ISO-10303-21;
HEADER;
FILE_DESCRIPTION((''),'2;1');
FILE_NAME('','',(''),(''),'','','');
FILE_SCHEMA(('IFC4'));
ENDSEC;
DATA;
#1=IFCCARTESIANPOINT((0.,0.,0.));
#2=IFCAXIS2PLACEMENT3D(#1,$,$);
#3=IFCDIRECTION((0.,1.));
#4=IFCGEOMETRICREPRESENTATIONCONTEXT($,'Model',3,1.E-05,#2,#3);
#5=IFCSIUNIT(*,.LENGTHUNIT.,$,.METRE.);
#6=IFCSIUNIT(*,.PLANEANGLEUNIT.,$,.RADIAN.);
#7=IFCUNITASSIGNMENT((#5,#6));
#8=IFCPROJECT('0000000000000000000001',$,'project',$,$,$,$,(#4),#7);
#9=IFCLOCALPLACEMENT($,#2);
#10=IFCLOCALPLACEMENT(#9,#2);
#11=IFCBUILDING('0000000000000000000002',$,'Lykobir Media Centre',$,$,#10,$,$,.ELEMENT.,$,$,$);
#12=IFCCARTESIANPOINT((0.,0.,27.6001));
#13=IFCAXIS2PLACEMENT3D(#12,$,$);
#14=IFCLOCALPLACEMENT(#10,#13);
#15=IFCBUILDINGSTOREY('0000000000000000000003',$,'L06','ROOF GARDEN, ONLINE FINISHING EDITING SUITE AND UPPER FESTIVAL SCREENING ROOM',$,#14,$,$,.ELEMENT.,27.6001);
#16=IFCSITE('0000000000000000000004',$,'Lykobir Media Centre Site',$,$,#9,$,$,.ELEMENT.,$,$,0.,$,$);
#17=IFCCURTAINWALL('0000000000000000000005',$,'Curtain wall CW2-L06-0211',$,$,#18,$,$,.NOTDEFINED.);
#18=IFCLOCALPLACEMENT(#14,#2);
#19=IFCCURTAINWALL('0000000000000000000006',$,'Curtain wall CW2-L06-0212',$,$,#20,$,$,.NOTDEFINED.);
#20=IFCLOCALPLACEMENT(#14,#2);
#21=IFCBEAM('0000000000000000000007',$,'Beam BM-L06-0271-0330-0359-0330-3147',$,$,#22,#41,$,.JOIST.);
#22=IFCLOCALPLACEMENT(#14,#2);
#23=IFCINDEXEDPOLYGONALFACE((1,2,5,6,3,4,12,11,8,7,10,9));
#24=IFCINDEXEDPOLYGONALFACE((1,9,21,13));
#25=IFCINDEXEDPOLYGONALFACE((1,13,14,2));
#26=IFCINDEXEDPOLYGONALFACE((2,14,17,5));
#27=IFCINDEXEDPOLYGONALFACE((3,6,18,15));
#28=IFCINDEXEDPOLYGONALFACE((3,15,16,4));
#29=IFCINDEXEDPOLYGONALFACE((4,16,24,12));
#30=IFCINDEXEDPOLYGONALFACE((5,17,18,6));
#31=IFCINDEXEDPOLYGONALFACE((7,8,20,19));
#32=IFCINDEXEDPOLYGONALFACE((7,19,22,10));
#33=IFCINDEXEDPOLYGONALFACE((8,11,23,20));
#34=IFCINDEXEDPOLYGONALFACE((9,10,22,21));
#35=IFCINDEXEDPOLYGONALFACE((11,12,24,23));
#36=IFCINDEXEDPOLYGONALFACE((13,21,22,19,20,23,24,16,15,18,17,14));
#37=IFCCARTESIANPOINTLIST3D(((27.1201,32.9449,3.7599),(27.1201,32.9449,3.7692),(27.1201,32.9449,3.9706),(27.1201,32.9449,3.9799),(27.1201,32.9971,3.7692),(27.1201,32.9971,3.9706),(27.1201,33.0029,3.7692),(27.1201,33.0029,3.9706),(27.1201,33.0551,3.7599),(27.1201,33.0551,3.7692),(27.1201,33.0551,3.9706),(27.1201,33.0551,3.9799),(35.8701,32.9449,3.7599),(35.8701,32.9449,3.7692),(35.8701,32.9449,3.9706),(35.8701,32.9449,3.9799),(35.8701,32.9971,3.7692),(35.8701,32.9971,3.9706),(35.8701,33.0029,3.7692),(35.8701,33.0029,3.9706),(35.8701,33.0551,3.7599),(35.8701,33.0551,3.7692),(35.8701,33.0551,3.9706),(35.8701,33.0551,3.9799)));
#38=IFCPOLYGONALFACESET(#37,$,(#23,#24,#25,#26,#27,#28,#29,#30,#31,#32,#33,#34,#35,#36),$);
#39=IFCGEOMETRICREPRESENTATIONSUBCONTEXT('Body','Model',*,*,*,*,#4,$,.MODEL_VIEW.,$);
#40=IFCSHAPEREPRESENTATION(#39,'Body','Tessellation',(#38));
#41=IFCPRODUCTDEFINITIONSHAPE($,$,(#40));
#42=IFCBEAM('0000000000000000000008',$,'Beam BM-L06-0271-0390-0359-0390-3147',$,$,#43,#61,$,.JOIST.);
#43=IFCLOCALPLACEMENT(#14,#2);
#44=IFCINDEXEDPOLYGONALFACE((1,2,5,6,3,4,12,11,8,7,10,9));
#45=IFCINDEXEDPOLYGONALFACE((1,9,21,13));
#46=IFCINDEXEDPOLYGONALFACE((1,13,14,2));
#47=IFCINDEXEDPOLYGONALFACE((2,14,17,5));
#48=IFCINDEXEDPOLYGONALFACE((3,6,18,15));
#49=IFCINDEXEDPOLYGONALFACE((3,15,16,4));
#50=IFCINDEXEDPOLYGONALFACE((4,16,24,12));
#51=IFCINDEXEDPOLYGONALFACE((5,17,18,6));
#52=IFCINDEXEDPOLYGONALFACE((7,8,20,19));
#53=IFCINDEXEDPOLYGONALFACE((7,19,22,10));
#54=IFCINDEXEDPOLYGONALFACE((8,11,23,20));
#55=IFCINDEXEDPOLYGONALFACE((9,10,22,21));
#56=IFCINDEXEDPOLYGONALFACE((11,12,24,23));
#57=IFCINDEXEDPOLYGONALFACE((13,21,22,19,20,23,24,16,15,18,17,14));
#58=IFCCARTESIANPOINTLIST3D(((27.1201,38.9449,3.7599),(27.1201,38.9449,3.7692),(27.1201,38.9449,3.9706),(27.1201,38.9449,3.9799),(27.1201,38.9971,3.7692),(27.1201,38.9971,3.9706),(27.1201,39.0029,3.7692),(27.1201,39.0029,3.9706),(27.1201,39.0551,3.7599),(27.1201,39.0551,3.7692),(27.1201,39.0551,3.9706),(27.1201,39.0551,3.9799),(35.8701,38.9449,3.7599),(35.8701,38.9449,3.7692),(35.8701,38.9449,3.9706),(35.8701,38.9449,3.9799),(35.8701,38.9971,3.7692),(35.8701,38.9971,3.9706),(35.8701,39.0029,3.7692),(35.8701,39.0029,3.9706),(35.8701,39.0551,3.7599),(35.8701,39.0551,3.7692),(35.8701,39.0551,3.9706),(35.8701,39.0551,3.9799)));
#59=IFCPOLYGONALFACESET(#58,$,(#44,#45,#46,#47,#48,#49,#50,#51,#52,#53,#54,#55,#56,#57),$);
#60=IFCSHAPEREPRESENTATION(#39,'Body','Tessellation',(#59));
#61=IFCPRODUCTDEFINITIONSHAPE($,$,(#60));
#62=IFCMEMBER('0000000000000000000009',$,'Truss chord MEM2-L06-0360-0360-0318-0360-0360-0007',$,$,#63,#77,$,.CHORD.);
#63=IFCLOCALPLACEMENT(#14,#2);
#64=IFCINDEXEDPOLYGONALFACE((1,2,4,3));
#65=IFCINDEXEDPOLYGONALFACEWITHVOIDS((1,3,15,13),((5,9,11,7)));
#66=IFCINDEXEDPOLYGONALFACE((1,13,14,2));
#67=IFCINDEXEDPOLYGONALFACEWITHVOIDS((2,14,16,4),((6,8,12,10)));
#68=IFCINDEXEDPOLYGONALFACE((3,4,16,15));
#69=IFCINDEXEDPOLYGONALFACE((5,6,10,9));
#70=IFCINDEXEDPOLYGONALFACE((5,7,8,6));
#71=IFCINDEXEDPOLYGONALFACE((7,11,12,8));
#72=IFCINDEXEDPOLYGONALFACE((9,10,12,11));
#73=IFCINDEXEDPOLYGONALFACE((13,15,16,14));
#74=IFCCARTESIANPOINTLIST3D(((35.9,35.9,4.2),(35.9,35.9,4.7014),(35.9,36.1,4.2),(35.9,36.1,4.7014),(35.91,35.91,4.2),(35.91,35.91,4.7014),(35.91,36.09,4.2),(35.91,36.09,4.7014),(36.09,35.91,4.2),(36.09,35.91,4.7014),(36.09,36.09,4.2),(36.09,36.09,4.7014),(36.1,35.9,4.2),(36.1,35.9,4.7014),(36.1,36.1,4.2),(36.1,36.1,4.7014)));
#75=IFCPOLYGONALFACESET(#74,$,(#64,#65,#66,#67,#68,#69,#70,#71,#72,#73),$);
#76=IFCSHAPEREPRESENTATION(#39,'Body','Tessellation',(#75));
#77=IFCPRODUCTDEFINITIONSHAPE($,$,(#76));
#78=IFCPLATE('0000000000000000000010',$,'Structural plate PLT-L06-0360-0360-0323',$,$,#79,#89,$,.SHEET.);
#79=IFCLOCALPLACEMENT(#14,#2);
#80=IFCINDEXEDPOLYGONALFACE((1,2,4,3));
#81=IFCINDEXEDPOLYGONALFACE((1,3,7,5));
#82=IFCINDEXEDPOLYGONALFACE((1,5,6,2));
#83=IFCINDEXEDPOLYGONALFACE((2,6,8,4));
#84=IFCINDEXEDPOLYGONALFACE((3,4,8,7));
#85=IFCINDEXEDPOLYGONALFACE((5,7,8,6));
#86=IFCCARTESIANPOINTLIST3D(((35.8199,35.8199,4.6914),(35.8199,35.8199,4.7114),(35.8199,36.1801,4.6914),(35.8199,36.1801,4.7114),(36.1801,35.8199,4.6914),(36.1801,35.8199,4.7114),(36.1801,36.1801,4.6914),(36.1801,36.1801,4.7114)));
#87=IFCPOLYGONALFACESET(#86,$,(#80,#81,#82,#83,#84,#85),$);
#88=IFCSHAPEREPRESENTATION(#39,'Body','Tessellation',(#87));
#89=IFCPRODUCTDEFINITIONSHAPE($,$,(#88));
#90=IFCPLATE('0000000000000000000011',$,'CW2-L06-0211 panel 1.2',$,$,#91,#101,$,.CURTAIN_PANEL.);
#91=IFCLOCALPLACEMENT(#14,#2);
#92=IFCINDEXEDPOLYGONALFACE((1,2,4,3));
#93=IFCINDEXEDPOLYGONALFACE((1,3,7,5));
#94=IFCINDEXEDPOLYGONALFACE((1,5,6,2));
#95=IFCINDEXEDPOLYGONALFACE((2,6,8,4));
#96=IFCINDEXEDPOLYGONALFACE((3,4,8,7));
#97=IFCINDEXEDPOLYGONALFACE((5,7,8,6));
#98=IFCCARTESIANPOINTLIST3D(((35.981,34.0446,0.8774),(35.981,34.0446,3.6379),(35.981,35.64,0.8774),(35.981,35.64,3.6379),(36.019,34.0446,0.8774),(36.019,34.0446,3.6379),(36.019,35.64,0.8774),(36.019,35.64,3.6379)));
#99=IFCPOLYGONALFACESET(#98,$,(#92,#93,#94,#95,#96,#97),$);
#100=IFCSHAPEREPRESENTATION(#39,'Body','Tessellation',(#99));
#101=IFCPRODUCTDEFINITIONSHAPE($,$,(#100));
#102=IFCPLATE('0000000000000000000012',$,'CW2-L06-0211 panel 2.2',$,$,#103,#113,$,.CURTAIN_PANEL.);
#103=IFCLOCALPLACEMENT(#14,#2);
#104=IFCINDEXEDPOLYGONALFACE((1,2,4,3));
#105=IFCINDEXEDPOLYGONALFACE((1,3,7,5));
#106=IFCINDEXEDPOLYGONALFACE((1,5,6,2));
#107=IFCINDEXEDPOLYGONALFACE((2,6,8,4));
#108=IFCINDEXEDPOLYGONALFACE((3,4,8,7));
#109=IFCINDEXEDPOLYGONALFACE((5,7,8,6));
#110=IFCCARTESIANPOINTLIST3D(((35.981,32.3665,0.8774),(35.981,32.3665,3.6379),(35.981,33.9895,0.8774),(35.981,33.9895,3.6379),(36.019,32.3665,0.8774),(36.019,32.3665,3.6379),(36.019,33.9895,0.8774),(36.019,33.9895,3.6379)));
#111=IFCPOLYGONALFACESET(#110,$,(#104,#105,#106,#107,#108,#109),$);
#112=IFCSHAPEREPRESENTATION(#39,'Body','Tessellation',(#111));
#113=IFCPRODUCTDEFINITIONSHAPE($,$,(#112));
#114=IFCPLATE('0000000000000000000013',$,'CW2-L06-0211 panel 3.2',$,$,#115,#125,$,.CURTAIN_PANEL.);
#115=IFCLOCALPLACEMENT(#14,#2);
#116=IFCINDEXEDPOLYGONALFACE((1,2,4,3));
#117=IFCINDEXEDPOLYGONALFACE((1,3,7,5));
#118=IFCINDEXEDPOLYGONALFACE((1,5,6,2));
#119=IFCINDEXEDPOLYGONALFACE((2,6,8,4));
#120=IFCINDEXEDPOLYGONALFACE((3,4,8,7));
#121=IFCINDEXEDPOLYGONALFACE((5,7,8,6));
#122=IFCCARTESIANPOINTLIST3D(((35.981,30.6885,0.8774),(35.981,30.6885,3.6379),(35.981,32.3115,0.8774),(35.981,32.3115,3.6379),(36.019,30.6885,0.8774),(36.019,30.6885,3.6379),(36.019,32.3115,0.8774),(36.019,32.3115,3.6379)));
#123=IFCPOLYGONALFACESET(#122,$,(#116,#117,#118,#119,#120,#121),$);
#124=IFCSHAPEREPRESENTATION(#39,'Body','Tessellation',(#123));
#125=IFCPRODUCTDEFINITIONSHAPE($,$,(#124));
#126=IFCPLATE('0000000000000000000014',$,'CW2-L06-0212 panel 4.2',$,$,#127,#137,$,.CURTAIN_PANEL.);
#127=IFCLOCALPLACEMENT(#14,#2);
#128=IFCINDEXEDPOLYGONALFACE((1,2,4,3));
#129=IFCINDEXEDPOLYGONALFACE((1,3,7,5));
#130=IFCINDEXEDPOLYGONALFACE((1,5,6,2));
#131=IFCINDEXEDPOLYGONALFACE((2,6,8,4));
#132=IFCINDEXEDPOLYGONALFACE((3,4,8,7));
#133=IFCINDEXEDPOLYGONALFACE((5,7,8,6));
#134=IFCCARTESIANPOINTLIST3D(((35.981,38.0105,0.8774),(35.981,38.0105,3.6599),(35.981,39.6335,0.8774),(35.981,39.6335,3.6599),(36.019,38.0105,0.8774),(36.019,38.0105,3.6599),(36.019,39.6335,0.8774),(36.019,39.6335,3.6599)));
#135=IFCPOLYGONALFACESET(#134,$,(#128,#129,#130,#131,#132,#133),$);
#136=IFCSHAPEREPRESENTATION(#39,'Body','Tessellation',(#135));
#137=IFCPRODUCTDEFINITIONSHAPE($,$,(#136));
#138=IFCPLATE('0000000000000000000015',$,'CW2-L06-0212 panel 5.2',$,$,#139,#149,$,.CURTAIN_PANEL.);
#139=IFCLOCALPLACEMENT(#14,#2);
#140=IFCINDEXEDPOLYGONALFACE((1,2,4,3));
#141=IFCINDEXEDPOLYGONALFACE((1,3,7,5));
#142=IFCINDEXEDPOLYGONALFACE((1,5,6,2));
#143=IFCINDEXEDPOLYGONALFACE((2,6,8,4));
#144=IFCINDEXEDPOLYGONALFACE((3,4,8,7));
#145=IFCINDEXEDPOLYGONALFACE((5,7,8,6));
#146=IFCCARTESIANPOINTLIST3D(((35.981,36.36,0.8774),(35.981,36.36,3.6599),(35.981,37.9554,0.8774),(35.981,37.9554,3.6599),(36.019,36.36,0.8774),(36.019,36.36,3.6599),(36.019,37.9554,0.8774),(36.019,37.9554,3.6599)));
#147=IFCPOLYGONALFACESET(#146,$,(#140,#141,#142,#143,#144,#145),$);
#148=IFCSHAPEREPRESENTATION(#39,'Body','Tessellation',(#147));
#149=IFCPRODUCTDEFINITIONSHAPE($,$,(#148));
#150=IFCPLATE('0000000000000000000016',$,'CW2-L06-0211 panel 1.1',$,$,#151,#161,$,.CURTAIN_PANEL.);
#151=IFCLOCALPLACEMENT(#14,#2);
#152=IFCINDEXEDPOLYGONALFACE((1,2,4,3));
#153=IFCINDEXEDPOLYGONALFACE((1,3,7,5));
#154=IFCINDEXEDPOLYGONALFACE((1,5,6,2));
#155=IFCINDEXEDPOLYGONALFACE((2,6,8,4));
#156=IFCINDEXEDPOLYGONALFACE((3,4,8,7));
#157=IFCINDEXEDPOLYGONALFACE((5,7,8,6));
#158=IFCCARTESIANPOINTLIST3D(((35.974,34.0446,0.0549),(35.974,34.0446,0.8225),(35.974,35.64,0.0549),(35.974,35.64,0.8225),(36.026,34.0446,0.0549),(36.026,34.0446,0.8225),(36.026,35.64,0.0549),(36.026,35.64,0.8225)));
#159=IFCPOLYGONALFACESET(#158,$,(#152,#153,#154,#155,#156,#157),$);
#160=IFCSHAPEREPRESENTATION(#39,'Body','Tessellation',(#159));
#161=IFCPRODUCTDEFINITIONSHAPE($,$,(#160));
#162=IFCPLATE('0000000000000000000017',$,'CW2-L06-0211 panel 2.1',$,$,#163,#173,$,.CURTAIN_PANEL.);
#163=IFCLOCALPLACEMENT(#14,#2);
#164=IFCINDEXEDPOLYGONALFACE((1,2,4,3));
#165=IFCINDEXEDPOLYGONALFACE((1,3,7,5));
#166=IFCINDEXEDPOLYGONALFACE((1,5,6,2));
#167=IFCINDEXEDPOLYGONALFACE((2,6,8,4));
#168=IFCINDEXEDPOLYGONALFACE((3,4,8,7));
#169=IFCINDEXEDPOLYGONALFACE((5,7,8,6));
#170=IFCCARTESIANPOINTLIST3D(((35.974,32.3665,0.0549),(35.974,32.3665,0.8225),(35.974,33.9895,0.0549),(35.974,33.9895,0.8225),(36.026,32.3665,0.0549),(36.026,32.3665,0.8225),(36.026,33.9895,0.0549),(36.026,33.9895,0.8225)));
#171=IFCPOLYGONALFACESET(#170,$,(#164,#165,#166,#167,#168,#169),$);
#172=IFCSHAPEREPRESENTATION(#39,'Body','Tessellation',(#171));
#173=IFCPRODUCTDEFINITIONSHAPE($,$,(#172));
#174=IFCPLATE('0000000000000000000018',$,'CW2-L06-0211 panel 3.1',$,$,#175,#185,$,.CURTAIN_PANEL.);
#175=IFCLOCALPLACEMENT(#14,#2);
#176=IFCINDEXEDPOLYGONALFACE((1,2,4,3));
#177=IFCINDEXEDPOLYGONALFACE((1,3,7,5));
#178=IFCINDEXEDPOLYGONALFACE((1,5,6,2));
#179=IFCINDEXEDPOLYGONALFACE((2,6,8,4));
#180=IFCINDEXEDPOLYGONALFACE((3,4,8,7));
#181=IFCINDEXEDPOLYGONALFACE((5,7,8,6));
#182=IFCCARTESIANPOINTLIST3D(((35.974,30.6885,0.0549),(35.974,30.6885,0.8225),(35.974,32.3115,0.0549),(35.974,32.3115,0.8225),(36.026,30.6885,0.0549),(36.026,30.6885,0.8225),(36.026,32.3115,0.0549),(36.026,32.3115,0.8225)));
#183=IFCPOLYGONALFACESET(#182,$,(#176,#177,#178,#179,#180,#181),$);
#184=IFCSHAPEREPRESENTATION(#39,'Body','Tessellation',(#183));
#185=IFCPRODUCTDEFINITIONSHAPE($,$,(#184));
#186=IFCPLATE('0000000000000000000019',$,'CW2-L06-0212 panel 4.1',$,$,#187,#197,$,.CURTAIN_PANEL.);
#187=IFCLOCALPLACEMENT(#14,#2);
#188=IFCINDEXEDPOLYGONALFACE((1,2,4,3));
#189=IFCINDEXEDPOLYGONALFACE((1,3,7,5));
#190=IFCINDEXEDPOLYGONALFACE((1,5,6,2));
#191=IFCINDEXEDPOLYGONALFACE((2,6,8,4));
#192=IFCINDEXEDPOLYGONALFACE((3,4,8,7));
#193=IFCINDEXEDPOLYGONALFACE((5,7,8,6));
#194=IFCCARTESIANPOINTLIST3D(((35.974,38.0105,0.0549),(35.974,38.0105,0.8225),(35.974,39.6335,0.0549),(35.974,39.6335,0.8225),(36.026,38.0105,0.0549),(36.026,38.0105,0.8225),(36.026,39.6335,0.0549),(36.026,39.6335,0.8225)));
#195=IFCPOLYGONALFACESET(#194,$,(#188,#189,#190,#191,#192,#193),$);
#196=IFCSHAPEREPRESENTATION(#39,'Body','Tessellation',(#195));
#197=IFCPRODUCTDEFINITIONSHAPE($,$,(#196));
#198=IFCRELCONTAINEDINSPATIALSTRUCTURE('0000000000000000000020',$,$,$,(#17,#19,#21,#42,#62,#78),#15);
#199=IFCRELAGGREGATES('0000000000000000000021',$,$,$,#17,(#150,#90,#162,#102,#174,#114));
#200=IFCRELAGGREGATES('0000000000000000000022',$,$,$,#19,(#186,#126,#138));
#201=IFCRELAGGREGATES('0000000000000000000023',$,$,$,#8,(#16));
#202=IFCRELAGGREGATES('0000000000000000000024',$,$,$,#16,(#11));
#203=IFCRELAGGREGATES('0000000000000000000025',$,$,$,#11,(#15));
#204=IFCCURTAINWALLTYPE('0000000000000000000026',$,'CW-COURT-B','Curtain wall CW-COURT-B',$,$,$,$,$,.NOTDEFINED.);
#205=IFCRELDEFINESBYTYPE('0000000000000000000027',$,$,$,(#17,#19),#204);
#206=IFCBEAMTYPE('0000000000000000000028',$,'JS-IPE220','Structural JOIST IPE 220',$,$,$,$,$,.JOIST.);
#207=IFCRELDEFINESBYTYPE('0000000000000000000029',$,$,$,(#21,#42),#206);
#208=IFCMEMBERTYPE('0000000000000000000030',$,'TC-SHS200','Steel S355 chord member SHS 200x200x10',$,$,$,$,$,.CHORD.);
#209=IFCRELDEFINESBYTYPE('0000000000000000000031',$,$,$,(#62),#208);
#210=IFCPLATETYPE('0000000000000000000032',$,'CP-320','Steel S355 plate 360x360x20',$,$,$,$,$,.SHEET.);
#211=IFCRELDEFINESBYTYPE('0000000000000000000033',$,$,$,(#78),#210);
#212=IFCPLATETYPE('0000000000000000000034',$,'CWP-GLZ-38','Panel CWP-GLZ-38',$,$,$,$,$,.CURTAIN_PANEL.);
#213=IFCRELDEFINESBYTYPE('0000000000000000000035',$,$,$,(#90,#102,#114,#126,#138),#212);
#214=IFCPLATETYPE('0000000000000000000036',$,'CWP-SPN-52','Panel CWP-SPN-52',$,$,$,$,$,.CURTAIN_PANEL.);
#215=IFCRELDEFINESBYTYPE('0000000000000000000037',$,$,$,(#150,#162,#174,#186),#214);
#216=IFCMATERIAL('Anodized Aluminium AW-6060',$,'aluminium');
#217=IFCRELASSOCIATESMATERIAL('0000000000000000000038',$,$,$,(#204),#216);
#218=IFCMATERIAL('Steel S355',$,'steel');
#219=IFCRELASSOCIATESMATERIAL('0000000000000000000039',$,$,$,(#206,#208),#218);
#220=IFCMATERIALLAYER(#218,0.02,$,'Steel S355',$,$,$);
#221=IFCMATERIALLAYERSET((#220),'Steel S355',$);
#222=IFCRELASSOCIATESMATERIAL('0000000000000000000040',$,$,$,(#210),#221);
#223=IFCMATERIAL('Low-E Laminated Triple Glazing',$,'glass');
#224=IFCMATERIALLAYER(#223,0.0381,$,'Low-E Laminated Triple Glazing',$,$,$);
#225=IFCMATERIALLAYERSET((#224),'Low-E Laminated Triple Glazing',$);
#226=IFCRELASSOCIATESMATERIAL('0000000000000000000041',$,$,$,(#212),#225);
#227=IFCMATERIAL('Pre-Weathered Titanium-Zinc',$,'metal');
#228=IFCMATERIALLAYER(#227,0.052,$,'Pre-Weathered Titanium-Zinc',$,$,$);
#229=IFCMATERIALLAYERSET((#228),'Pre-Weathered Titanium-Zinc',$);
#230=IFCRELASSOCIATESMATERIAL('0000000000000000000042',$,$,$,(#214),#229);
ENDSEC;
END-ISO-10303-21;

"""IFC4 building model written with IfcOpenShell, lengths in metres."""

from ifc_helpers import new_model, si_unit, direction, frame, origin, origin_2d, place, context, subcontext, project, spatial, rectangle, hollow_rectangle, i_section, extrude, material, layer, layer_set, material_profile, profile_set, type_object, element, aggregate, save


model = new_model("IFC4")

# Units and contexts
model_context = context("Model", 3, precision=1e-05, world=origin(), true_north=direction((0.0, 1.0)))
body_context = subcontext(model_context, "Body", "Model", "MODEL_VIEW")
ifc_project = project(units=[si_unit("LENGTHUNIT", "METRE"), si_unit("PLANEANGLEUNIT", "RADIAN")], contexts=[model_context])

# Site, building, storey
site_placement = place(None, origin())
site = spatial("IfcSite", under=ifc_project, at=site_placement, Name="Lykobir Media Centre Site", CompositionType="ELEMENT", RefElevation=0.0)
building_placement = place(site_placement, origin())
building = spatial("IfcBuilding", under=site, at=building_placement, Name="Lykobir Media Centre", CompositionType="ELEMENT")
storey_placement = place(building_placement, frame((0.0, 0.0, 27.6001)))
storey = spatial("IfcBuildingStorey", under=building, at=storey_placement, Name="L06", Description="ROOF GARDEN, ONLINE FINISHING EDITING SUITE AND UPPER FESTIVAL SCREENING ROOM", CompositionType="ELEMENT", Elevation=27.6001)

# Shared definitions
ifc_material_1 = material(Name="Steel S355", Category="steel")

# Curtain walls
ifc_material_2 = material(Name="Anodized Aluminium AW-6060", Category="aluminium")
curtain_wall_type = type_object("IfcCurtainWallType", Name="CW-COURT-B", Description="Curtain wall CW-COURT-B", PredefinedType="NOTDEFINED", material=ifc_material_2)
curtain_wall_1_placement = place(storey_placement, origin())
curtain_wall_1 = element("IfcCurtainWall", 1, at=curtain_wall_1_placement, inside=storey, type_object=curtain_wall_type, Name="Curtain wall CW2-L06-0211", PredefinedType="NOTDEFINED")
curtain_wall_2_placement = place(storey_placement, origin())
curtain_wall_2 = element("IfcCurtainWall", 2, at=curtain_wall_2_placement, inside=storey, type_object=curtain_wall_type, Name="Curtain wall CW2-L06-0212", PredefinedType="NOTDEFINED")

# Beams
ifc_material_profile_1 = material_profile(ifc_material_1, i_section(OverallWidth=0.1101, OverallDepth=0.22, WebThickness=0.0059, FlangeThickness=0.0093, at=origin_2d()), Name="IPE 220")
ifc_profile_set_1 = profile_set([ifc_material_profile_1], Name="Steel S355")
beam_type_1 = type_object("IfcBeamType", Name="JS-IPE220", Description="Structural JOIST IPE 220", PredefinedType="JOIST", material=ifc_profile_set_1)
for number, where, z_axis, x_axis, name in (
    (3, (27.1201, 33.0, 3.8699), (1.0, 0.0, 0.0), (0.0, 1.0, 0.0), "Beam BM-L06-0271-0330-0359-0330-3147"),
    (4, (27.1201, 39.0, 3.8699), (1.0, 0.0, 0.0), (0.0, 1.0, 0.0), "Beam BM-L06-0271-0390-0359-0390-3147"),
):
    element("IfcBeam", number, at=place(storey_placement, frame(where, z_axis=z_axis, x_axis=x_axis)), inside=storey, type_object=beam_type_1, Name=name, PredefinedType="JOIST", context=body_context, shape_type="SweptSolid", body=[
        extrude(i_section(OverallWidth=0.1101, OverallDepth=0.22, WebThickness=0.0059, FlangeThickness=0.0093, at=origin_2d()), origin(), (0.0, 0.0, 1.0), 8.75),
    ])

# Member
ifc_material_profile_2 = material_profile(ifc_material_1, hollow_rectangle(XDim=0.2, YDim=0.2, WallThickness=0.01, at=origin_2d()), Name="SHS 200x200x10")
ifc_profile_set_2 = profile_set([ifc_material_profile_2], Name="Steel S355")
member_type_1 = type_object("IfcMemberType", Name="TC-SHS200", Description="Steel S355 chord member SHS 200x200x10", PredefinedType="CHORD", material=ifc_profile_set_2)
member_1_placement = place(storey_placement, frame((36.0, 36.0, 4.2), z_axis=(0.0, 0.0, 1.0), x_axis=(1.0, 0.0, 0.0)))
element("IfcMember", 5, at=member_1_placement, inside=storey, type_object=member_type_1, Name="Truss chord MEM2-L06-0360-0360-0318-0360-0360-0007", PredefinedType="CHORD", context=body_context, shape_type="SweptSolid", body=[
    extrude(hollow_rectangle(XDim=0.2, YDim=0.2, WallThickness=0.01, at=origin_2d()), origin(), (0.0, 0.0, 1.0), 0.5015),
])

# Plates
ifc_layer_1 = layer(ifc_material_1, 0.02, Name="Steel S355")
ifc_layer_set_1 = layer_set([ifc_layer_1], Name="Steel S355")
plate_type_1 = type_object("IfcPlateType", Name="CP-320", Description="Steel S355 plate 360x360x20", PredefinedType="SHEET", material=ifc_layer_set_1)
plate_1_placement = place(storey_placement, frame((36.0, 36.0, 4.6914), z_axis=(0.0, 0.0, 1.0), x_axis=(1.0, 0.0, 0.0)))
element("IfcPlate", 6, at=plate_1_placement, inside=storey, type_object=plate_type_1, Name="Structural plate PLT-L06-0360-0360-0323", PredefinedType="SHEET", context=body_context, shape_type="SweptSolid", body=[
    extrude(rectangle(XDim=0.3601, YDim=0.3601, at=origin_2d()), origin(), (0.0, 0.0, 1.0), 0.02),
])
ifc_material_3 = material(Name="Low-E Laminated Triple Glazing", Category="glass")
ifc_layer_2 = layer(ifc_material_3, 0.0381, Name="Low-E Laminated Triple Glazing")
ifc_layer_set_2 = layer_set([ifc_layer_2], Name="Low-E Laminated Triple Glazing")
plate_type_2 = type_object("IfcPlateType", Name="CWP-GLZ-38", Description="Panel CWP-GLZ-38", PredefinedType="CURTAIN_PANEL", material=ifc_layer_set_2)
plate_2_placement = place(storey_placement, frame((36.0, 34.8423, 0.8774), z_axis=(0.0, 0.0, 1.0), x_axis=(0.0, -1.0, 0.0)))
plate_2 = element("IfcPlate", 7, at=plate_2_placement, type_object=plate_type_2, Name="CW2-L06-0211 panel 1.2", PredefinedType="CURTAIN_PANEL", context=body_context, shape_type="SweptSolid", body=[
    extrude(rectangle(XDim=1.5955, YDim=0.0381, at=origin_2d()), origin(), (0.0, 0.0, 1.0), 2.7605),
])
plate_3_placement = place(storey_placement, frame((36.0, 33.178, 0.8774), z_axis=(0.0, 0.0, 1.0), x_axis=(0.0, -1.0, 0.0)))
plate_3 = element("IfcPlate", 8, at=plate_3_placement, type_object=plate_type_2, Name="CW2-L06-0211 panel 2.2", PredefinedType="CURTAIN_PANEL", context=body_context, shape_type="SweptSolid", body=[
    extrude(rectangle(XDim=1.623, YDim=0.0381, at=origin_2d()), origin(), (0.0, 0.0, 1.0), 2.7605),
])
plate_4_placement = place(storey_placement, frame((36.0, 31.5, 0.8774), z_axis=(0.0, 0.0, 1.0), x_axis=(0.0, -1.0, 0.0)))
plate_4 = element("IfcPlate", 9, at=plate_4_placement, type_object=plate_type_2, Name="CW2-L06-0211 panel 3.2", PredefinedType="CURTAIN_PANEL", context=body_context, shape_type="SweptSolid", body=[
    extrude(rectangle(XDim=1.623, YDim=0.0381, at=origin_2d()), origin(), (0.0, 0.0, 1.0), 2.7605),
])
plate_5_placement = place(storey_placement, frame((36.0, 38.822, 0.8774), z_axis=(0.0, 0.0, 1.0), x_axis=(0.0, -1.0, 0.0)))
plate_5 = element("IfcPlate", 10, at=plate_5_placement, type_object=plate_type_2, Name="CW2-L06-0212 panel 4.2", PredefinedType="CURTAIN_PANEL", context=body_context, shape_type="SweptSolid", body=[
    extrude(rectangle(XDim=1.623, YDim=0.0381, at=origin_2d()), origin(), (0.0, 0.0, 1.0), 2.7825),
])
plate_6_placement = place(storey_placement, frame((36.0, 37.1577, 0.8774), z_axis=(0.0, 0.0, 1.0), x_axis=(0.0, -1.0, 0.0)))
plate_6 = element("IfcPlate", 11, at=plate_6_placement, type_object=plate_type_2, Name="CW2-L06-0212 panel 5.2", PredefinedType="CURTAIN_PANEL", context=body_context, shape_type="SweptSolid", body=[
    extrude(rectangle(XDim=1.5955, YDim=0.0381, at=origin_2d()), origin(), (0.0, 0.0, 1.0), 2.7825),
])
ifc_material_4 = material(Name="Pre-Weathered Titanium-Zinc", Category="metal")
ifc_layer_3 = layer(ifc_material_4, 0.052, Name="Pre-Weathered Titanium-Zinc")
ifc_layer_set_3 = layer_set([ifc_layer_3], Name="Pre-Weathered Titanium-Zinc")
plate_type_3 = type_object("IfcPlateType", Name="CWP-SPN-52", Description="Panel CWP-SPN-52", PredefinedType="CURTAIN_PANEL", material=ifc_layer_set_3)
plate_7_placement = place(storey_placement, frame((36.0, 34.8423, 0.0549), z_axis=(0.0, 0.0, 1.0), x_axis=(0.0, -1.0, 0.0)))
plate_7 = element("IfcPlate", 12, at=plate_7_placement, type_object=plate_type_3, Name="CW2-L06-0211 panel 1.1", PredefinedType="CURTAIN_PANEL", context=body_context, shape_type="SweptSolid", body=[
    extrude(rectangle(XDim=1.5955, YDim=0.052, at=origin_2d()), origin(), (0.0, 0.0, 1.0), 0.7676),
])
plate_8_placement = place(storey_placement, frame((36.0, 33.178, 0.0549), z_axis=(0.0, 0.0, 1.0), x_axis=(0.0, -1.0, 0.0)))
plate_8 = element("IfcPlate", 13, at=plate_8_placement, type_object=plate_type_3, Name="CW2-L06-0211 panel 2.1", PredefinedType="CURTAIN_PANEL", context=body_context, shape_type="SweptSolid", body=[
    extrude(rectangle(XDim=1.623, YDim=0.052, at=origin_2d()), origin(), (0.0, 0.0, 1.0), 0.7676),
])
plate_9_placement = place(storey_placement, frame((36.0, 31.5, 0.0549), z_axis=(0.0, 0.0, 1.0), x_axis=(0.0, -1.0, 0.0)))
plate_9 = element("IfcPlate", 14, at=plate_9_placement, type_object=plate_type_3, Name="CW2-L06-0211 panel 3.1", PredefinedType="CURTAIN_PANEL", context=body_context, shape_type="SweptSolid", body=[
    extrude(rectangle(XDim=1.623, YDim=0.052, at=origin_2d()), origin(), (0.0, 0.0, 1.0), 0.7676),
])
aggregate(curtain_wall_1, [plate_7, plate_2, plate_8, plate_3, plate_9, plate_4])
plate_10_placement = place(storey_placement, frame((36.0, 38.822, 0.0549), z_axis=(0.0, 0.0, 1.0), x_axis=(0.0, -1.0, 0.0)))
plate_10 = element("IfcPlate", 15, at=plate_10_placement, type_object=plate_type_3, Name="CW2-L06-0212 panel 4.1", PredefinedType="CURTAIN_PANEL", context=body_context, shape_type="SweptSolid", body=[
    extrude(rectangle(XDim=1.623, YDim=0.052, at=origin_2d()), origin(), (0.0, 0.0, 1.0), 0.7676),
])
aggregate(curtain_wall_2, [plate_10, plate_5, plate_6])

save(model, "model.ifc")
